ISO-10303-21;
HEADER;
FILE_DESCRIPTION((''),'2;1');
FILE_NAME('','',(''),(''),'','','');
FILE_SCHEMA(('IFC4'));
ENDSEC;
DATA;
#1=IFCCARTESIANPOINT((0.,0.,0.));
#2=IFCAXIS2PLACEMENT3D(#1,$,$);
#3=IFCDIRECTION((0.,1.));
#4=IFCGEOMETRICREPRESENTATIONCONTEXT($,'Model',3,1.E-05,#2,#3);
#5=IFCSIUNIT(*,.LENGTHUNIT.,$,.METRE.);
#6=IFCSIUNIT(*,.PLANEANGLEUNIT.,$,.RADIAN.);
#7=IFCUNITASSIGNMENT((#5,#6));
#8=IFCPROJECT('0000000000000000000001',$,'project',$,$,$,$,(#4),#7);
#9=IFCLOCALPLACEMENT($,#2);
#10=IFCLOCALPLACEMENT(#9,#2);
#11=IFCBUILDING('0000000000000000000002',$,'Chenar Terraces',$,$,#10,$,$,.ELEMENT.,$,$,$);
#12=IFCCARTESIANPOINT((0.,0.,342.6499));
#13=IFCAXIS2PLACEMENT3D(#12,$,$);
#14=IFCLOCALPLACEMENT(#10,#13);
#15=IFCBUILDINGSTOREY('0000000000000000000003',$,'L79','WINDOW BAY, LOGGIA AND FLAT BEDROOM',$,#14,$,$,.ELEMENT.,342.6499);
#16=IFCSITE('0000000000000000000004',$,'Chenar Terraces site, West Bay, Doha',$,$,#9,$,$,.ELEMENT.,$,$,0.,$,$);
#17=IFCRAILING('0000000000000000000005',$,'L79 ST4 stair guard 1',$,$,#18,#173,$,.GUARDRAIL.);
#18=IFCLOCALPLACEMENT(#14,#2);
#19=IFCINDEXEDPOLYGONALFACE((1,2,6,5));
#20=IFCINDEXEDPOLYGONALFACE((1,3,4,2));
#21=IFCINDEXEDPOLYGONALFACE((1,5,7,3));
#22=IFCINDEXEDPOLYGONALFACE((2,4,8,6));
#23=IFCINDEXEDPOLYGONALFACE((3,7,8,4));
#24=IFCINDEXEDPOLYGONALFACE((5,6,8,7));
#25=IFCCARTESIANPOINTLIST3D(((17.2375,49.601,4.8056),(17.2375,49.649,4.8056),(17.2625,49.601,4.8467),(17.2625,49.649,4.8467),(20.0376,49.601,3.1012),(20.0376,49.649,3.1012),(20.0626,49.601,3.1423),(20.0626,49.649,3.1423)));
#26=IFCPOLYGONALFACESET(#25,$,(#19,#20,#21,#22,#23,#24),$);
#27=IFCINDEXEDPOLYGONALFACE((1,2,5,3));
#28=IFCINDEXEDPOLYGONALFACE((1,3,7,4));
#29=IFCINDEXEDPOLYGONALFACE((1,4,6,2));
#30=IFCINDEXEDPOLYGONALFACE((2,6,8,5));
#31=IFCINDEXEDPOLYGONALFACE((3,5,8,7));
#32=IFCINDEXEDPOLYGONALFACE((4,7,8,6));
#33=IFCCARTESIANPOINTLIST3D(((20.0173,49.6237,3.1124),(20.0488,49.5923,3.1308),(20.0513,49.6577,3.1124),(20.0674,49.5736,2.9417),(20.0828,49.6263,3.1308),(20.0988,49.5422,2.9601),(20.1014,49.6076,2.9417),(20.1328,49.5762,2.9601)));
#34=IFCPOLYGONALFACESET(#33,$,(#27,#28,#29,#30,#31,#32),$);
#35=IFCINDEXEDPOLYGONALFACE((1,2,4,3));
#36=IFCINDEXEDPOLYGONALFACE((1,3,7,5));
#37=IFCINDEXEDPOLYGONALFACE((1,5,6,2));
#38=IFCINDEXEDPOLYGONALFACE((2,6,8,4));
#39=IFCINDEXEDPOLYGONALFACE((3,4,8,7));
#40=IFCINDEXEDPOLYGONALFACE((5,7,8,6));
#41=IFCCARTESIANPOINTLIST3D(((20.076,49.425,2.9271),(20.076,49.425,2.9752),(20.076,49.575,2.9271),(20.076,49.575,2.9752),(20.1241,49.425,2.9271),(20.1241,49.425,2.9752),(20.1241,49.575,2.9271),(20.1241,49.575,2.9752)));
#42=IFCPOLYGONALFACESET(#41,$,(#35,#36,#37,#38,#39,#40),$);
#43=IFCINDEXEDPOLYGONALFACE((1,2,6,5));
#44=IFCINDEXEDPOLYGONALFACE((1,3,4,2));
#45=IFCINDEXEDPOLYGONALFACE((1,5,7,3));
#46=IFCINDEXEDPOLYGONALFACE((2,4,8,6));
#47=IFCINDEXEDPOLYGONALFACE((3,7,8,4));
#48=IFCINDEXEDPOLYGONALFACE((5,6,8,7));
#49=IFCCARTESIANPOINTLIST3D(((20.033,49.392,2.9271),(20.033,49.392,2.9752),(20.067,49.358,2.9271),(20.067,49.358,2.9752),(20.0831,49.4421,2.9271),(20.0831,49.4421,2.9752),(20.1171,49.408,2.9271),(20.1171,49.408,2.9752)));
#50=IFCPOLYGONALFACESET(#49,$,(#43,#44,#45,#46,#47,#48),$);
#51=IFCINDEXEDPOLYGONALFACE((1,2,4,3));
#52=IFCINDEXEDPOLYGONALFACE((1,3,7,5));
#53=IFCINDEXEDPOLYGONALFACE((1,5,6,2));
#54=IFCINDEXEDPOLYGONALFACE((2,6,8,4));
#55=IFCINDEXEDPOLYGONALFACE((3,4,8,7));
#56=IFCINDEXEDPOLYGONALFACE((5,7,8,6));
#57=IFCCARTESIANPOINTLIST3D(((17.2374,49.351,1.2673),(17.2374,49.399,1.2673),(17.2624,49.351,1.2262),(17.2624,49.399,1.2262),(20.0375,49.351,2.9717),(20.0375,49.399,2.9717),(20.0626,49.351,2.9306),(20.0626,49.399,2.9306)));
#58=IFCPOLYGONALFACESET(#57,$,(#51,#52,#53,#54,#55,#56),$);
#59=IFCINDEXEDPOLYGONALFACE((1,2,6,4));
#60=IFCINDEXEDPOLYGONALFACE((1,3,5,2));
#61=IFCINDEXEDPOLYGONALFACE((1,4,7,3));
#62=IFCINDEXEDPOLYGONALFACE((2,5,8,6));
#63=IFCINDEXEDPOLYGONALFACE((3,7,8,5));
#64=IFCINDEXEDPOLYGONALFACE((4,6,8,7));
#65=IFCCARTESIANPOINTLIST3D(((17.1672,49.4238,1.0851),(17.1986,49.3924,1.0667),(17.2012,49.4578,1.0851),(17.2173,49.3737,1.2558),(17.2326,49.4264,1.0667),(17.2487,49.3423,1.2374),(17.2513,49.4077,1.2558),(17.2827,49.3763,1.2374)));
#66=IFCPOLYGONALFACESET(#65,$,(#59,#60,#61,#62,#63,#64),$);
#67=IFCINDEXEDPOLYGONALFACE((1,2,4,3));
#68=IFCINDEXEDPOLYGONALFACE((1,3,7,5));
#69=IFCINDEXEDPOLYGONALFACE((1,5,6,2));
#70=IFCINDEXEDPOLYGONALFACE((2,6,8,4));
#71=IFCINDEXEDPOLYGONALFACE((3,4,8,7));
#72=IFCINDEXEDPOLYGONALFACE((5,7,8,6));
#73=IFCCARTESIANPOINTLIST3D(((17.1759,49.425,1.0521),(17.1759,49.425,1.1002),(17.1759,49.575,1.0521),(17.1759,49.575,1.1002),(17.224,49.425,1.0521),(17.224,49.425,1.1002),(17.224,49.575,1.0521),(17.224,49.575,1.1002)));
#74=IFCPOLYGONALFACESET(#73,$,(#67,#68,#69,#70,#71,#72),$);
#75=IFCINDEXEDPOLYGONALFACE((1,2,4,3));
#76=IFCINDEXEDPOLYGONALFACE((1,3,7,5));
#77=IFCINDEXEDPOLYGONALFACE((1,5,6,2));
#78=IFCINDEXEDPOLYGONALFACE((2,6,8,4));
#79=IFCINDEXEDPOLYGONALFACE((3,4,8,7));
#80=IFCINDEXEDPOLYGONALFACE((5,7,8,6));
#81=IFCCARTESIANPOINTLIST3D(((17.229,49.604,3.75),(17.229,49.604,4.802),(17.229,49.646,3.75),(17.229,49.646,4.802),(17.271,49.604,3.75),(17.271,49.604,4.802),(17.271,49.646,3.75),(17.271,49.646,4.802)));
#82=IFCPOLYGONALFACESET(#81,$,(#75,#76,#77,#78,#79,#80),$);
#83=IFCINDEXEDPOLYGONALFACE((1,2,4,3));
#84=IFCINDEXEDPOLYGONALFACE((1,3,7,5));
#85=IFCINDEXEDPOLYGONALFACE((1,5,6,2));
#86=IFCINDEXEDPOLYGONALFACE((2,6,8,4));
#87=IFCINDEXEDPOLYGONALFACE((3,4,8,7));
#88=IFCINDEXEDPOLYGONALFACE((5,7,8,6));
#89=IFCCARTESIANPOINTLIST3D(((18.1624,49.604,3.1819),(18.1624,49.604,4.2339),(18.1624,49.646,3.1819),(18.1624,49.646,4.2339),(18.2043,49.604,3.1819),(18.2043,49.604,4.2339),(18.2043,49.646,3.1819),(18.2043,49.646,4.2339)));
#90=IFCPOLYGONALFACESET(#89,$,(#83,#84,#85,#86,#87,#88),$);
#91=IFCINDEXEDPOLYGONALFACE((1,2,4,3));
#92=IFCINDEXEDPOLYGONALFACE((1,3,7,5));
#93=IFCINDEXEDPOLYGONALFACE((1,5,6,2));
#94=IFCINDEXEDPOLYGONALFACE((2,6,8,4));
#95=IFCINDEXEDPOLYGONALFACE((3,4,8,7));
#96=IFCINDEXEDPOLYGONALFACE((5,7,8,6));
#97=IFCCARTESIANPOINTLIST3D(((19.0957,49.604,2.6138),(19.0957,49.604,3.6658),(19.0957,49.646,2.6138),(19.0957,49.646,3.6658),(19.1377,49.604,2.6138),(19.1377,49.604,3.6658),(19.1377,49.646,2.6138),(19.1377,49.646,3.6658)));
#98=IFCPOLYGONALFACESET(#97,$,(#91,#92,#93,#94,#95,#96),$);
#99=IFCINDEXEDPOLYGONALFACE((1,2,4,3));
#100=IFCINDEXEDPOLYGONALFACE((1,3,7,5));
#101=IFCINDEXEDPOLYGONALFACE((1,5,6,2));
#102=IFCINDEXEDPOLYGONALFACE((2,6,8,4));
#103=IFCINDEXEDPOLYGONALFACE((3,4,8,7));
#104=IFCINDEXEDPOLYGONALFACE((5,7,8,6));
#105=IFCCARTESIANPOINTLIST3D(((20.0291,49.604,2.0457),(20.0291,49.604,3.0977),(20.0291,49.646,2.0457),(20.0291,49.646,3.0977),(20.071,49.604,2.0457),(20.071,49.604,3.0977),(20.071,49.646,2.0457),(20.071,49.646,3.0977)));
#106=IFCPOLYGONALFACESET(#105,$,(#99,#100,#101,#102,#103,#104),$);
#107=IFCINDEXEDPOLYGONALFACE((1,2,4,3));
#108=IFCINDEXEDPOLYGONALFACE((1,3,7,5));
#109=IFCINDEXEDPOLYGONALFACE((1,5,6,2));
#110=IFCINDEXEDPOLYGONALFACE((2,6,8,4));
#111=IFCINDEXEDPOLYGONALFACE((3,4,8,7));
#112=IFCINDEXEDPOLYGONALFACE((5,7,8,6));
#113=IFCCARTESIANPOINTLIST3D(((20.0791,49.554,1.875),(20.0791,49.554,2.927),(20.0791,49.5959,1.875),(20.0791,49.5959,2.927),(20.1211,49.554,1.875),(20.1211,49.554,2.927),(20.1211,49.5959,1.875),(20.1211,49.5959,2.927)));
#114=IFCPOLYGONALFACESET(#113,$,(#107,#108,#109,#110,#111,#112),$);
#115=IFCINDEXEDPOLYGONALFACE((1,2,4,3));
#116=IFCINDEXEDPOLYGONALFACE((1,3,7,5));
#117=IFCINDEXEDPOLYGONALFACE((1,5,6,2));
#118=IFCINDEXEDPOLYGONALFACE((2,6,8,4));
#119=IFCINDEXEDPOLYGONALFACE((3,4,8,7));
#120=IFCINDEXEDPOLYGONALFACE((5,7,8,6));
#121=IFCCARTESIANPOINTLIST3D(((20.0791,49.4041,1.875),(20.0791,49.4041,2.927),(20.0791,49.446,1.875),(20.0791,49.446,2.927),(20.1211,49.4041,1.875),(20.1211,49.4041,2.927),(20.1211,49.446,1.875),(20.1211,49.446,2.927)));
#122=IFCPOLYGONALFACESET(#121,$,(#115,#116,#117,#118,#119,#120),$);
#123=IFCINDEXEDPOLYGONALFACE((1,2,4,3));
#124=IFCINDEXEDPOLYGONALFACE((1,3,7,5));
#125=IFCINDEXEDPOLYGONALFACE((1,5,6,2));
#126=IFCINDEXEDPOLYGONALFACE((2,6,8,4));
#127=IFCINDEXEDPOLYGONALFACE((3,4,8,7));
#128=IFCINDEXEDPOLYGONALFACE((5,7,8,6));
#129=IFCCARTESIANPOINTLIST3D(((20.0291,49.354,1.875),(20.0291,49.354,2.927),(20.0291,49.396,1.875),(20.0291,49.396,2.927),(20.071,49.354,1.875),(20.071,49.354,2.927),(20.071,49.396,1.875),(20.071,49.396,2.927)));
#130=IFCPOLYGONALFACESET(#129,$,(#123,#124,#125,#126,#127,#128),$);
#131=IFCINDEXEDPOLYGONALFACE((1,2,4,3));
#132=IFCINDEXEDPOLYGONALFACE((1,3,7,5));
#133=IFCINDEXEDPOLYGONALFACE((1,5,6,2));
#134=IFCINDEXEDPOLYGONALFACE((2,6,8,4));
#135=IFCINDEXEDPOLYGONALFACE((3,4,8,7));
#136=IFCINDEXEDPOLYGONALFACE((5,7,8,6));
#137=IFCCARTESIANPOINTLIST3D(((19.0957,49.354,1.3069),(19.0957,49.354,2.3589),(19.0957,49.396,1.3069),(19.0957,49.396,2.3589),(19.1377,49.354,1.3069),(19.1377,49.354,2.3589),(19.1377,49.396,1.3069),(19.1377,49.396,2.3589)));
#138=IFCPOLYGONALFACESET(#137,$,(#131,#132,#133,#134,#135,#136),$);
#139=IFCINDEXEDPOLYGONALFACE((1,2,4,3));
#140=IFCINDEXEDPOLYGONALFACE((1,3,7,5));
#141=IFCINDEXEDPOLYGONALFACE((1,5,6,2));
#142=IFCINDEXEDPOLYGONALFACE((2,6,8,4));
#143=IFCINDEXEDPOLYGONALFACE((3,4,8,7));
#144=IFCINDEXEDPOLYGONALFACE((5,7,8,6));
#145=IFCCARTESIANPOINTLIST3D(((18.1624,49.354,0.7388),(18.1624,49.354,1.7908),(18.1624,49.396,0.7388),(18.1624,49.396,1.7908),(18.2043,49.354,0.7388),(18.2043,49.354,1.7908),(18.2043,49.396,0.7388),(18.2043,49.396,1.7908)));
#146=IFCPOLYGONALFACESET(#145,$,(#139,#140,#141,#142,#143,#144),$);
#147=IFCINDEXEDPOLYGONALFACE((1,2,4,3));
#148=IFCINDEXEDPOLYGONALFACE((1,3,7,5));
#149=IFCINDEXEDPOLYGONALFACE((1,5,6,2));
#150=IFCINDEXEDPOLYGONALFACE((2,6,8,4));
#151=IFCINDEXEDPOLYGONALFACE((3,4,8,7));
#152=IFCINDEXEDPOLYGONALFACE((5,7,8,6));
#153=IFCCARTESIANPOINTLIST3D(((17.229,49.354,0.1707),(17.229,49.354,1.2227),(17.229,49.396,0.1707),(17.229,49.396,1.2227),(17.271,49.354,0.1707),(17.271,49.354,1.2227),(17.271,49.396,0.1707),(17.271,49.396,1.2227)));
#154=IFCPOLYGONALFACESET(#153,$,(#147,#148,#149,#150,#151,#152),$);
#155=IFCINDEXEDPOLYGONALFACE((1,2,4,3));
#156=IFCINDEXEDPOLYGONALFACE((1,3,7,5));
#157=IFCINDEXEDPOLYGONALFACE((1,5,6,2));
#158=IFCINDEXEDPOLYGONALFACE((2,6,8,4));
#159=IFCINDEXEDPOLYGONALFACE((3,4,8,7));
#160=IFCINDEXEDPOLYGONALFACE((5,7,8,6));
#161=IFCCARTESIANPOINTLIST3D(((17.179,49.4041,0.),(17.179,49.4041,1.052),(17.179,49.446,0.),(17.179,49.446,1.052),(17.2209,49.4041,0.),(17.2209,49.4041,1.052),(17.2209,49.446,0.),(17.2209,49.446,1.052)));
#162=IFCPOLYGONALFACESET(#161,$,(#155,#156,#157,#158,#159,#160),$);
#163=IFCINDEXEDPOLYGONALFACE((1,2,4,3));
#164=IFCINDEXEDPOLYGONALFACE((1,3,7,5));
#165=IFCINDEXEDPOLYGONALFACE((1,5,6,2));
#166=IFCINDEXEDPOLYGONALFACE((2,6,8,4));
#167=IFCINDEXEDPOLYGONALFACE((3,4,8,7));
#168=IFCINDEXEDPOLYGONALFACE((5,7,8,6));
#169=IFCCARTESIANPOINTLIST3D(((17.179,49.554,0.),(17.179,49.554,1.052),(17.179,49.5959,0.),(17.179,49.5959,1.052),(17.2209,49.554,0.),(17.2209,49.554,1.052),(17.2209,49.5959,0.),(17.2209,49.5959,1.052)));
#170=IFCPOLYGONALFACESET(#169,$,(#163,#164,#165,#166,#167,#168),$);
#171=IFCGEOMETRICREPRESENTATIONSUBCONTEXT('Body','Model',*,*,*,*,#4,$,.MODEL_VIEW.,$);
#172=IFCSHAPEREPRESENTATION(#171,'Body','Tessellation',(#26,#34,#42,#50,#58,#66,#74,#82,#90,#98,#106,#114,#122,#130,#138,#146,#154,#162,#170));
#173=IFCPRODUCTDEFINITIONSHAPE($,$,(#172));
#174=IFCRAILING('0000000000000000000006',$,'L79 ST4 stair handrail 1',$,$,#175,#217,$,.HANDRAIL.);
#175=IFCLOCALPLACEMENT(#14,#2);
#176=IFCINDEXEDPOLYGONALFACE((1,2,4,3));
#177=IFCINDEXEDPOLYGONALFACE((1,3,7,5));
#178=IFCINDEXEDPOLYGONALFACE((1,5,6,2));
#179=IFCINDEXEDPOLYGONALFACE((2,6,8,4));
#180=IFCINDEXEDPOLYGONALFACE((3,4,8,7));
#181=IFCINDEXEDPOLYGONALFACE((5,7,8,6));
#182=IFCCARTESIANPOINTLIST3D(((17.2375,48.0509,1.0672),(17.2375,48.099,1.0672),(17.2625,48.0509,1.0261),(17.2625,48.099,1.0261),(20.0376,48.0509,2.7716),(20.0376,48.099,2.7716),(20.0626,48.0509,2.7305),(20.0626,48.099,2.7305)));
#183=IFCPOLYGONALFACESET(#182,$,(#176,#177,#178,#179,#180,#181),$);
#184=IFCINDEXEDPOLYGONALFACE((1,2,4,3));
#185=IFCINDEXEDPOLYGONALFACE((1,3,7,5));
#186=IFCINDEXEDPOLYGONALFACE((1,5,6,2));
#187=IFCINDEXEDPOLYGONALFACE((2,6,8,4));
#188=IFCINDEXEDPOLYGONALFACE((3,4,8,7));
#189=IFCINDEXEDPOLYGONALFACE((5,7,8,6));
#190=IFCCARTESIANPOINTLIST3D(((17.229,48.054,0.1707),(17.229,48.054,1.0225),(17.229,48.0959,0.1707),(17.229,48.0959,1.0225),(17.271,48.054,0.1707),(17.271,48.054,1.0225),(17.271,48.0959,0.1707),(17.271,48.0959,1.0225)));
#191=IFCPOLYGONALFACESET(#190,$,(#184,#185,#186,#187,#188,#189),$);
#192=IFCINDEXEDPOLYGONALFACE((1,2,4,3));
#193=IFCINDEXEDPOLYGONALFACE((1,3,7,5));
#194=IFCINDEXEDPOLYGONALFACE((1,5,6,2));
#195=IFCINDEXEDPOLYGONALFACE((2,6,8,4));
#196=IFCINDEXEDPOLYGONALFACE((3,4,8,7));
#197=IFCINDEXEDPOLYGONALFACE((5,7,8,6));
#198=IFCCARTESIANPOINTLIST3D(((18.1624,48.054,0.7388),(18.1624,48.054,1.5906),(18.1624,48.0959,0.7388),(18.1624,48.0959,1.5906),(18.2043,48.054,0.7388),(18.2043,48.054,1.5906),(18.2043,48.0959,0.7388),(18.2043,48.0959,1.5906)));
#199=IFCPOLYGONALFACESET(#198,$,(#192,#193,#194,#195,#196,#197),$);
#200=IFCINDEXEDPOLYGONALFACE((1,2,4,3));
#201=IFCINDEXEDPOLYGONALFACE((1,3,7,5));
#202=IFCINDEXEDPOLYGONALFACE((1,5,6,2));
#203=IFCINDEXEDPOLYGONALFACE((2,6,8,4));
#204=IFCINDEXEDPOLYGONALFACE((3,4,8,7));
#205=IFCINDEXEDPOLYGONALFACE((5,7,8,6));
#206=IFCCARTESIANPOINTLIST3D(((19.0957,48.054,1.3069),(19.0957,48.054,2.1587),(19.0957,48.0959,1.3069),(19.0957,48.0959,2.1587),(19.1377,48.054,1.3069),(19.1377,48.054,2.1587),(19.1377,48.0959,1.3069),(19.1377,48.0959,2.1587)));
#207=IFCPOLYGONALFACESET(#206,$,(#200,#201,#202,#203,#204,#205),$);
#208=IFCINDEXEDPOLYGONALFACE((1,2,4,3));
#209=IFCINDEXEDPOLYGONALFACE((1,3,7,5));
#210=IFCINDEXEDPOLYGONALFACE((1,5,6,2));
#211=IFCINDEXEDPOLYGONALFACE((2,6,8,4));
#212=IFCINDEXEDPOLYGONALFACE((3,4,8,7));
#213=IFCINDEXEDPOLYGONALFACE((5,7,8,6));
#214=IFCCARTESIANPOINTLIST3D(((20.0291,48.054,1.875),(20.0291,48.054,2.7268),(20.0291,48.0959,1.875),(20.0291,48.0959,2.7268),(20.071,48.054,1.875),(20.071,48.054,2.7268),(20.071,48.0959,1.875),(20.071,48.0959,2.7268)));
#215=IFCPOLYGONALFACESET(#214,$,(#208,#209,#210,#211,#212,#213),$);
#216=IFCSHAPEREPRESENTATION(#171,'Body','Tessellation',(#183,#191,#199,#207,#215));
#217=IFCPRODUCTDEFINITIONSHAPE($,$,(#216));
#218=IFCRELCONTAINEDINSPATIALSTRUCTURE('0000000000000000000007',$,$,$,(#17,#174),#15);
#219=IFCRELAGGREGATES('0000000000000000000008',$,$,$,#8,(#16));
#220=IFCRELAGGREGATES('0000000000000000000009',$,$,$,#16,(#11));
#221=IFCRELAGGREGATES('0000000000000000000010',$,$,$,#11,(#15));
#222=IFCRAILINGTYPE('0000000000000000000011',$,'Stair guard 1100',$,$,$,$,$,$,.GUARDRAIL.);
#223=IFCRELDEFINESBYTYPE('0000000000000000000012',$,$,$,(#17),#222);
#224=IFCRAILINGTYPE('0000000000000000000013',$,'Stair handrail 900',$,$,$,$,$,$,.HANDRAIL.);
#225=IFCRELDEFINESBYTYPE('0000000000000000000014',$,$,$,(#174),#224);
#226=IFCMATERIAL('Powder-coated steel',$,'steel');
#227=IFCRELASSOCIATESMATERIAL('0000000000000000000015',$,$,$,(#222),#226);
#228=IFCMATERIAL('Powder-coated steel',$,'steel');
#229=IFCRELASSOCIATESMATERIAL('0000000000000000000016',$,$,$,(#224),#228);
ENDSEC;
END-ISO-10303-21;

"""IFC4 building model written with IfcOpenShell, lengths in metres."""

from ifc_helpers import new_model, si_unit, direction, frame, origin, origin_2d, place, context, subcontext, project, spatial, rectangle, extrude, material, type_object, element, save


model = new_model("IFC4")

# Units and contexts
model_context = context("Model", 3, precision=1e-05, world=origin(), true_north=direction((0.0, 1.0)))
body_context = subcontext(model_context, "Body", "Model", "MODEL_VIEW")
ifc_project = project(units=[si_unit("LENGTHUNIT", "METRE"), si_unit("PLANEANGLEUNIT", "RADIAN")], contexts=[model_context])

# Site, building, storey
site_placement = place(None, origin())
site = spatial("IfcSite", under=ifc_project, at=site_placement, Name="Chenar Terraces site, West Bay, Doha", CompositionType="ELEMENT", RefElevation=0.0)
building_placement = place(site_placement, origin())
building = spatial("IfcBuilding", under=site, at=building_placement, Name="Chenar Terraces", CompositionType="ELEMENT")
storey_placement = place(building_placement, frame((0.0, 0.0, 342.6499)))
storey = spatial("IfcBuildingStorey", under=building, at=storey_placement, Name="L79", Description="WINDOW BAY, LOGGIA AND FLAT BEDROOM", CompositionType="ELEMENT", Elevation=342.6499)

# Railings
ifc_material_1 = material(Name="Powder-coated steel", Category="steel")
railing_type_1 = type_object("IfcRailingType", Name="Stair guard 1100", PredefinedType="GUARDRAIL", material=ifc_material_1)
railing_1_placement = place(storey_placement, frame((17.25, 49.625, 3.75)))
element("IfcRailing", 1, at=railing_1_placement, inside=storey, type_object=railing_type_1, Name="L79 ST4 stair guard 1", PredefinedType="GUARDRAIL", context=body_context, shape_type="SweptSolid", body=[
    extrude(rectangle(XDim=0.0481, YDim=0.0481, at=origin_2d()), frame((0.0, 0.0, 1.0762), z_axis=(0.854203, 0.0, -0.51994), x_axis=(0.0, 1.0, 0.0)), (0.0, 0.0, 1.0), 3.2781),
    extrude(rectangle(XDim=0.0481, YDim=0.0481, at=origin_2d()), frame((2.8, 0.0, -0.6284), z_axis=(0.2709, -0.2709, -0.923703), x_axis=(0.707107, 0.707107, 0.0)), (0.0, 0.0, 1.0), 0.1848),
    extrude(rectangle(XDim=0.0481, YDim=0.0481, at=origin_2d()), frame((2.8501, -0.05, -0.7988), z_axis=(0.0, -1.0, 0.0), x_axis=(1.0, 0.0, 0.0)), (0.0, 0.0, 1.0), 0.1499),
    extrude(rectangle(XDim=0.0481, YDim=0.0481, at=origin_2d()), frame((2.8501, -0.2, -0.7988), z_axis=(-0.707107, -0.707107, 0.0), x_axis=(0.707107, -0.707107, 0.0)), (0.0, 0.0, 1.0), 0.0708),
    extrude(rectangle(XDim=0.0481, YDim=0.0481, at=origin_2d()), frame((2.8, -0.25, -0.7988), z_axis=(-0.854203, 0.0, -0.51994), x_axis=(0.0, -1.0, 0.0)), (0.0, 0.0, 1.0), 3.2781),
    extrude(rectangle(XDim=0.0481, YDim=0.0481, at=origin_2d()), frame((0.0, -0.25, -2.5034), z_axis=(-0.2709, 0.2709, -0.923703), x_axis=(-0.707107, -0.707107, 0.0)), (0.0, 0.0, 1.0), 0.1848),
    extrude(rectangle(XDim=0.0481, YDim=0.0481, at=origin_2d()), frame((-0.05, -0.2, -2.6738), z_axis=(0.0, 1.0, 0.0), x_axis=(-1.0, 0.0, 0.0)), (0.0, 0.0, 1.0), 0.1499),
    extrude(rectangle(XDim=0.042, YDim=0.042, at=origin_2d()), origin(), (0.0, 0.0, 1.0), 1.052),
    extrude(rectangle(XDim=0.042, YDim=0.042, at=origin_2d()), frame((0.9333, 0.0, -0.5681)), (0.0, 0.0, 1.0), 1.052),
    extrude(rectangle(XDim=0.042, YDim=0.042, at=origin_2d()), frame((1.8667, 0.0, -1.1362)), (0.0, 0.0, 1.0), 1.052),
    extrude(rectangle(XDim=0.042, YDim=0.042, at=origin_2d()), frame((2.8, 0.0, -1.7043)), (0.0, 0.0, 1.0), 1.052),
    extrude(rectangle(XDim=0.042, YDim=0.042, at=origin_2d()), frame((2.8501, -0.05, -1.875)), (0.0, 0.0, 1.0), 1.052),
    extrude(rectangle(XDim=0.042, YDim=0.042, at=origin_2d()), frame((2.8501, -0.2, -1.875)), (0.0, 0.0, 1.0), 1.052),
    extrude(rectangle(XDim=0.042, YDim=0.042, at=origin_2d()), frame((2.8, -0.25, -1.875)), (0.0, 0.0, 1.0), 1.052),
    extrude(rectangle(XDim=0.042, YDim=0.042, at=origin_2d()), frame((1.8667, -0.25, -2.4431)), (0.0, 0.0, 1.0), 1.052),
    extrude(rectangle(XDim=0.042, YDim=0.042, at=origin_2d()), frame((0.9333, -0.25, -3.0112)), (0.0, 0.0, 1.0), 1.052),
    extrude(rectangle(XDim=0.042, YDim=0.042, at=origin_2d()), frame((0.0, -0.25, -3.5793)), (0.0, 0.0, 1.0), 1.052),
    extrude(rectangle(XDim=0.042, YDim=0.042, at=origin_2d()), frame((-0.05, -0.2, -3.75)), (0.0, 0.0, 1.0), 1.052),
    extrude(rectangle(XDim=0.042, YDim=0.042, at=origin_2d()), frame((-0.05, -0.05, -3.75)), (0.0, 0.0, 1.0), 1.052),
])
ifc_material_2 = material(Name="Powder-coated steel", Category="steel")
railing_type_2 = type_object("IfcRailingType", Name="Stair handrail 900", PredefinedType="HANDRAIL", material=ifc_material_2)
railing_2_placement = place(storey_placement, frame((17.25, 48.075, 0.1707)))
element("IfcRailing", 2, at=railing_2_placement, inside=storey, type_object=railing_type_2, Name="L79 ST4 stair handrail 1", PredefinedType="HANDRAIL", context=body_context, shape_type="SweptSolid", body=[
    extrude(rectangle(XDim=0.0481, YDim=0.0481, at=origin_2d()), frame((0.0, 0.0, 0.876), z_axis=(0.854203, 0.0, 0.51994), x_axis=(0.0, 1.0, 0.0)), (0.0, 0.0, 1.0), 3.2781),
    extrude(rectangle(XDim=0.042, YDim=0.042, at=origin_2d()), origin(), (0.0, 0.0, 1.0), 0.8518),
    extrude(rectangle(XDim=0.042, YDim=0.042, at=origin_2d()), frame((0.9333, 0.0, 0.5681)), (0.0, 0.0, 1.0), 0.8518),
    extrude(rectangle(XDim=0.042, YDim=0.042, at=origin_2d()), frame((1.8667, 0.0, 1.1362)), (0.0, 0.0, 1.0), 0.8518),
    extrude(rectangle(XDim=0.042, YDim=0.042, at=origin_2d()), frame((2.8, 0.0, 1.7043)), (0.0, 0.0, 1.0), 0.8518),
])

save(model, "model.ifc")
